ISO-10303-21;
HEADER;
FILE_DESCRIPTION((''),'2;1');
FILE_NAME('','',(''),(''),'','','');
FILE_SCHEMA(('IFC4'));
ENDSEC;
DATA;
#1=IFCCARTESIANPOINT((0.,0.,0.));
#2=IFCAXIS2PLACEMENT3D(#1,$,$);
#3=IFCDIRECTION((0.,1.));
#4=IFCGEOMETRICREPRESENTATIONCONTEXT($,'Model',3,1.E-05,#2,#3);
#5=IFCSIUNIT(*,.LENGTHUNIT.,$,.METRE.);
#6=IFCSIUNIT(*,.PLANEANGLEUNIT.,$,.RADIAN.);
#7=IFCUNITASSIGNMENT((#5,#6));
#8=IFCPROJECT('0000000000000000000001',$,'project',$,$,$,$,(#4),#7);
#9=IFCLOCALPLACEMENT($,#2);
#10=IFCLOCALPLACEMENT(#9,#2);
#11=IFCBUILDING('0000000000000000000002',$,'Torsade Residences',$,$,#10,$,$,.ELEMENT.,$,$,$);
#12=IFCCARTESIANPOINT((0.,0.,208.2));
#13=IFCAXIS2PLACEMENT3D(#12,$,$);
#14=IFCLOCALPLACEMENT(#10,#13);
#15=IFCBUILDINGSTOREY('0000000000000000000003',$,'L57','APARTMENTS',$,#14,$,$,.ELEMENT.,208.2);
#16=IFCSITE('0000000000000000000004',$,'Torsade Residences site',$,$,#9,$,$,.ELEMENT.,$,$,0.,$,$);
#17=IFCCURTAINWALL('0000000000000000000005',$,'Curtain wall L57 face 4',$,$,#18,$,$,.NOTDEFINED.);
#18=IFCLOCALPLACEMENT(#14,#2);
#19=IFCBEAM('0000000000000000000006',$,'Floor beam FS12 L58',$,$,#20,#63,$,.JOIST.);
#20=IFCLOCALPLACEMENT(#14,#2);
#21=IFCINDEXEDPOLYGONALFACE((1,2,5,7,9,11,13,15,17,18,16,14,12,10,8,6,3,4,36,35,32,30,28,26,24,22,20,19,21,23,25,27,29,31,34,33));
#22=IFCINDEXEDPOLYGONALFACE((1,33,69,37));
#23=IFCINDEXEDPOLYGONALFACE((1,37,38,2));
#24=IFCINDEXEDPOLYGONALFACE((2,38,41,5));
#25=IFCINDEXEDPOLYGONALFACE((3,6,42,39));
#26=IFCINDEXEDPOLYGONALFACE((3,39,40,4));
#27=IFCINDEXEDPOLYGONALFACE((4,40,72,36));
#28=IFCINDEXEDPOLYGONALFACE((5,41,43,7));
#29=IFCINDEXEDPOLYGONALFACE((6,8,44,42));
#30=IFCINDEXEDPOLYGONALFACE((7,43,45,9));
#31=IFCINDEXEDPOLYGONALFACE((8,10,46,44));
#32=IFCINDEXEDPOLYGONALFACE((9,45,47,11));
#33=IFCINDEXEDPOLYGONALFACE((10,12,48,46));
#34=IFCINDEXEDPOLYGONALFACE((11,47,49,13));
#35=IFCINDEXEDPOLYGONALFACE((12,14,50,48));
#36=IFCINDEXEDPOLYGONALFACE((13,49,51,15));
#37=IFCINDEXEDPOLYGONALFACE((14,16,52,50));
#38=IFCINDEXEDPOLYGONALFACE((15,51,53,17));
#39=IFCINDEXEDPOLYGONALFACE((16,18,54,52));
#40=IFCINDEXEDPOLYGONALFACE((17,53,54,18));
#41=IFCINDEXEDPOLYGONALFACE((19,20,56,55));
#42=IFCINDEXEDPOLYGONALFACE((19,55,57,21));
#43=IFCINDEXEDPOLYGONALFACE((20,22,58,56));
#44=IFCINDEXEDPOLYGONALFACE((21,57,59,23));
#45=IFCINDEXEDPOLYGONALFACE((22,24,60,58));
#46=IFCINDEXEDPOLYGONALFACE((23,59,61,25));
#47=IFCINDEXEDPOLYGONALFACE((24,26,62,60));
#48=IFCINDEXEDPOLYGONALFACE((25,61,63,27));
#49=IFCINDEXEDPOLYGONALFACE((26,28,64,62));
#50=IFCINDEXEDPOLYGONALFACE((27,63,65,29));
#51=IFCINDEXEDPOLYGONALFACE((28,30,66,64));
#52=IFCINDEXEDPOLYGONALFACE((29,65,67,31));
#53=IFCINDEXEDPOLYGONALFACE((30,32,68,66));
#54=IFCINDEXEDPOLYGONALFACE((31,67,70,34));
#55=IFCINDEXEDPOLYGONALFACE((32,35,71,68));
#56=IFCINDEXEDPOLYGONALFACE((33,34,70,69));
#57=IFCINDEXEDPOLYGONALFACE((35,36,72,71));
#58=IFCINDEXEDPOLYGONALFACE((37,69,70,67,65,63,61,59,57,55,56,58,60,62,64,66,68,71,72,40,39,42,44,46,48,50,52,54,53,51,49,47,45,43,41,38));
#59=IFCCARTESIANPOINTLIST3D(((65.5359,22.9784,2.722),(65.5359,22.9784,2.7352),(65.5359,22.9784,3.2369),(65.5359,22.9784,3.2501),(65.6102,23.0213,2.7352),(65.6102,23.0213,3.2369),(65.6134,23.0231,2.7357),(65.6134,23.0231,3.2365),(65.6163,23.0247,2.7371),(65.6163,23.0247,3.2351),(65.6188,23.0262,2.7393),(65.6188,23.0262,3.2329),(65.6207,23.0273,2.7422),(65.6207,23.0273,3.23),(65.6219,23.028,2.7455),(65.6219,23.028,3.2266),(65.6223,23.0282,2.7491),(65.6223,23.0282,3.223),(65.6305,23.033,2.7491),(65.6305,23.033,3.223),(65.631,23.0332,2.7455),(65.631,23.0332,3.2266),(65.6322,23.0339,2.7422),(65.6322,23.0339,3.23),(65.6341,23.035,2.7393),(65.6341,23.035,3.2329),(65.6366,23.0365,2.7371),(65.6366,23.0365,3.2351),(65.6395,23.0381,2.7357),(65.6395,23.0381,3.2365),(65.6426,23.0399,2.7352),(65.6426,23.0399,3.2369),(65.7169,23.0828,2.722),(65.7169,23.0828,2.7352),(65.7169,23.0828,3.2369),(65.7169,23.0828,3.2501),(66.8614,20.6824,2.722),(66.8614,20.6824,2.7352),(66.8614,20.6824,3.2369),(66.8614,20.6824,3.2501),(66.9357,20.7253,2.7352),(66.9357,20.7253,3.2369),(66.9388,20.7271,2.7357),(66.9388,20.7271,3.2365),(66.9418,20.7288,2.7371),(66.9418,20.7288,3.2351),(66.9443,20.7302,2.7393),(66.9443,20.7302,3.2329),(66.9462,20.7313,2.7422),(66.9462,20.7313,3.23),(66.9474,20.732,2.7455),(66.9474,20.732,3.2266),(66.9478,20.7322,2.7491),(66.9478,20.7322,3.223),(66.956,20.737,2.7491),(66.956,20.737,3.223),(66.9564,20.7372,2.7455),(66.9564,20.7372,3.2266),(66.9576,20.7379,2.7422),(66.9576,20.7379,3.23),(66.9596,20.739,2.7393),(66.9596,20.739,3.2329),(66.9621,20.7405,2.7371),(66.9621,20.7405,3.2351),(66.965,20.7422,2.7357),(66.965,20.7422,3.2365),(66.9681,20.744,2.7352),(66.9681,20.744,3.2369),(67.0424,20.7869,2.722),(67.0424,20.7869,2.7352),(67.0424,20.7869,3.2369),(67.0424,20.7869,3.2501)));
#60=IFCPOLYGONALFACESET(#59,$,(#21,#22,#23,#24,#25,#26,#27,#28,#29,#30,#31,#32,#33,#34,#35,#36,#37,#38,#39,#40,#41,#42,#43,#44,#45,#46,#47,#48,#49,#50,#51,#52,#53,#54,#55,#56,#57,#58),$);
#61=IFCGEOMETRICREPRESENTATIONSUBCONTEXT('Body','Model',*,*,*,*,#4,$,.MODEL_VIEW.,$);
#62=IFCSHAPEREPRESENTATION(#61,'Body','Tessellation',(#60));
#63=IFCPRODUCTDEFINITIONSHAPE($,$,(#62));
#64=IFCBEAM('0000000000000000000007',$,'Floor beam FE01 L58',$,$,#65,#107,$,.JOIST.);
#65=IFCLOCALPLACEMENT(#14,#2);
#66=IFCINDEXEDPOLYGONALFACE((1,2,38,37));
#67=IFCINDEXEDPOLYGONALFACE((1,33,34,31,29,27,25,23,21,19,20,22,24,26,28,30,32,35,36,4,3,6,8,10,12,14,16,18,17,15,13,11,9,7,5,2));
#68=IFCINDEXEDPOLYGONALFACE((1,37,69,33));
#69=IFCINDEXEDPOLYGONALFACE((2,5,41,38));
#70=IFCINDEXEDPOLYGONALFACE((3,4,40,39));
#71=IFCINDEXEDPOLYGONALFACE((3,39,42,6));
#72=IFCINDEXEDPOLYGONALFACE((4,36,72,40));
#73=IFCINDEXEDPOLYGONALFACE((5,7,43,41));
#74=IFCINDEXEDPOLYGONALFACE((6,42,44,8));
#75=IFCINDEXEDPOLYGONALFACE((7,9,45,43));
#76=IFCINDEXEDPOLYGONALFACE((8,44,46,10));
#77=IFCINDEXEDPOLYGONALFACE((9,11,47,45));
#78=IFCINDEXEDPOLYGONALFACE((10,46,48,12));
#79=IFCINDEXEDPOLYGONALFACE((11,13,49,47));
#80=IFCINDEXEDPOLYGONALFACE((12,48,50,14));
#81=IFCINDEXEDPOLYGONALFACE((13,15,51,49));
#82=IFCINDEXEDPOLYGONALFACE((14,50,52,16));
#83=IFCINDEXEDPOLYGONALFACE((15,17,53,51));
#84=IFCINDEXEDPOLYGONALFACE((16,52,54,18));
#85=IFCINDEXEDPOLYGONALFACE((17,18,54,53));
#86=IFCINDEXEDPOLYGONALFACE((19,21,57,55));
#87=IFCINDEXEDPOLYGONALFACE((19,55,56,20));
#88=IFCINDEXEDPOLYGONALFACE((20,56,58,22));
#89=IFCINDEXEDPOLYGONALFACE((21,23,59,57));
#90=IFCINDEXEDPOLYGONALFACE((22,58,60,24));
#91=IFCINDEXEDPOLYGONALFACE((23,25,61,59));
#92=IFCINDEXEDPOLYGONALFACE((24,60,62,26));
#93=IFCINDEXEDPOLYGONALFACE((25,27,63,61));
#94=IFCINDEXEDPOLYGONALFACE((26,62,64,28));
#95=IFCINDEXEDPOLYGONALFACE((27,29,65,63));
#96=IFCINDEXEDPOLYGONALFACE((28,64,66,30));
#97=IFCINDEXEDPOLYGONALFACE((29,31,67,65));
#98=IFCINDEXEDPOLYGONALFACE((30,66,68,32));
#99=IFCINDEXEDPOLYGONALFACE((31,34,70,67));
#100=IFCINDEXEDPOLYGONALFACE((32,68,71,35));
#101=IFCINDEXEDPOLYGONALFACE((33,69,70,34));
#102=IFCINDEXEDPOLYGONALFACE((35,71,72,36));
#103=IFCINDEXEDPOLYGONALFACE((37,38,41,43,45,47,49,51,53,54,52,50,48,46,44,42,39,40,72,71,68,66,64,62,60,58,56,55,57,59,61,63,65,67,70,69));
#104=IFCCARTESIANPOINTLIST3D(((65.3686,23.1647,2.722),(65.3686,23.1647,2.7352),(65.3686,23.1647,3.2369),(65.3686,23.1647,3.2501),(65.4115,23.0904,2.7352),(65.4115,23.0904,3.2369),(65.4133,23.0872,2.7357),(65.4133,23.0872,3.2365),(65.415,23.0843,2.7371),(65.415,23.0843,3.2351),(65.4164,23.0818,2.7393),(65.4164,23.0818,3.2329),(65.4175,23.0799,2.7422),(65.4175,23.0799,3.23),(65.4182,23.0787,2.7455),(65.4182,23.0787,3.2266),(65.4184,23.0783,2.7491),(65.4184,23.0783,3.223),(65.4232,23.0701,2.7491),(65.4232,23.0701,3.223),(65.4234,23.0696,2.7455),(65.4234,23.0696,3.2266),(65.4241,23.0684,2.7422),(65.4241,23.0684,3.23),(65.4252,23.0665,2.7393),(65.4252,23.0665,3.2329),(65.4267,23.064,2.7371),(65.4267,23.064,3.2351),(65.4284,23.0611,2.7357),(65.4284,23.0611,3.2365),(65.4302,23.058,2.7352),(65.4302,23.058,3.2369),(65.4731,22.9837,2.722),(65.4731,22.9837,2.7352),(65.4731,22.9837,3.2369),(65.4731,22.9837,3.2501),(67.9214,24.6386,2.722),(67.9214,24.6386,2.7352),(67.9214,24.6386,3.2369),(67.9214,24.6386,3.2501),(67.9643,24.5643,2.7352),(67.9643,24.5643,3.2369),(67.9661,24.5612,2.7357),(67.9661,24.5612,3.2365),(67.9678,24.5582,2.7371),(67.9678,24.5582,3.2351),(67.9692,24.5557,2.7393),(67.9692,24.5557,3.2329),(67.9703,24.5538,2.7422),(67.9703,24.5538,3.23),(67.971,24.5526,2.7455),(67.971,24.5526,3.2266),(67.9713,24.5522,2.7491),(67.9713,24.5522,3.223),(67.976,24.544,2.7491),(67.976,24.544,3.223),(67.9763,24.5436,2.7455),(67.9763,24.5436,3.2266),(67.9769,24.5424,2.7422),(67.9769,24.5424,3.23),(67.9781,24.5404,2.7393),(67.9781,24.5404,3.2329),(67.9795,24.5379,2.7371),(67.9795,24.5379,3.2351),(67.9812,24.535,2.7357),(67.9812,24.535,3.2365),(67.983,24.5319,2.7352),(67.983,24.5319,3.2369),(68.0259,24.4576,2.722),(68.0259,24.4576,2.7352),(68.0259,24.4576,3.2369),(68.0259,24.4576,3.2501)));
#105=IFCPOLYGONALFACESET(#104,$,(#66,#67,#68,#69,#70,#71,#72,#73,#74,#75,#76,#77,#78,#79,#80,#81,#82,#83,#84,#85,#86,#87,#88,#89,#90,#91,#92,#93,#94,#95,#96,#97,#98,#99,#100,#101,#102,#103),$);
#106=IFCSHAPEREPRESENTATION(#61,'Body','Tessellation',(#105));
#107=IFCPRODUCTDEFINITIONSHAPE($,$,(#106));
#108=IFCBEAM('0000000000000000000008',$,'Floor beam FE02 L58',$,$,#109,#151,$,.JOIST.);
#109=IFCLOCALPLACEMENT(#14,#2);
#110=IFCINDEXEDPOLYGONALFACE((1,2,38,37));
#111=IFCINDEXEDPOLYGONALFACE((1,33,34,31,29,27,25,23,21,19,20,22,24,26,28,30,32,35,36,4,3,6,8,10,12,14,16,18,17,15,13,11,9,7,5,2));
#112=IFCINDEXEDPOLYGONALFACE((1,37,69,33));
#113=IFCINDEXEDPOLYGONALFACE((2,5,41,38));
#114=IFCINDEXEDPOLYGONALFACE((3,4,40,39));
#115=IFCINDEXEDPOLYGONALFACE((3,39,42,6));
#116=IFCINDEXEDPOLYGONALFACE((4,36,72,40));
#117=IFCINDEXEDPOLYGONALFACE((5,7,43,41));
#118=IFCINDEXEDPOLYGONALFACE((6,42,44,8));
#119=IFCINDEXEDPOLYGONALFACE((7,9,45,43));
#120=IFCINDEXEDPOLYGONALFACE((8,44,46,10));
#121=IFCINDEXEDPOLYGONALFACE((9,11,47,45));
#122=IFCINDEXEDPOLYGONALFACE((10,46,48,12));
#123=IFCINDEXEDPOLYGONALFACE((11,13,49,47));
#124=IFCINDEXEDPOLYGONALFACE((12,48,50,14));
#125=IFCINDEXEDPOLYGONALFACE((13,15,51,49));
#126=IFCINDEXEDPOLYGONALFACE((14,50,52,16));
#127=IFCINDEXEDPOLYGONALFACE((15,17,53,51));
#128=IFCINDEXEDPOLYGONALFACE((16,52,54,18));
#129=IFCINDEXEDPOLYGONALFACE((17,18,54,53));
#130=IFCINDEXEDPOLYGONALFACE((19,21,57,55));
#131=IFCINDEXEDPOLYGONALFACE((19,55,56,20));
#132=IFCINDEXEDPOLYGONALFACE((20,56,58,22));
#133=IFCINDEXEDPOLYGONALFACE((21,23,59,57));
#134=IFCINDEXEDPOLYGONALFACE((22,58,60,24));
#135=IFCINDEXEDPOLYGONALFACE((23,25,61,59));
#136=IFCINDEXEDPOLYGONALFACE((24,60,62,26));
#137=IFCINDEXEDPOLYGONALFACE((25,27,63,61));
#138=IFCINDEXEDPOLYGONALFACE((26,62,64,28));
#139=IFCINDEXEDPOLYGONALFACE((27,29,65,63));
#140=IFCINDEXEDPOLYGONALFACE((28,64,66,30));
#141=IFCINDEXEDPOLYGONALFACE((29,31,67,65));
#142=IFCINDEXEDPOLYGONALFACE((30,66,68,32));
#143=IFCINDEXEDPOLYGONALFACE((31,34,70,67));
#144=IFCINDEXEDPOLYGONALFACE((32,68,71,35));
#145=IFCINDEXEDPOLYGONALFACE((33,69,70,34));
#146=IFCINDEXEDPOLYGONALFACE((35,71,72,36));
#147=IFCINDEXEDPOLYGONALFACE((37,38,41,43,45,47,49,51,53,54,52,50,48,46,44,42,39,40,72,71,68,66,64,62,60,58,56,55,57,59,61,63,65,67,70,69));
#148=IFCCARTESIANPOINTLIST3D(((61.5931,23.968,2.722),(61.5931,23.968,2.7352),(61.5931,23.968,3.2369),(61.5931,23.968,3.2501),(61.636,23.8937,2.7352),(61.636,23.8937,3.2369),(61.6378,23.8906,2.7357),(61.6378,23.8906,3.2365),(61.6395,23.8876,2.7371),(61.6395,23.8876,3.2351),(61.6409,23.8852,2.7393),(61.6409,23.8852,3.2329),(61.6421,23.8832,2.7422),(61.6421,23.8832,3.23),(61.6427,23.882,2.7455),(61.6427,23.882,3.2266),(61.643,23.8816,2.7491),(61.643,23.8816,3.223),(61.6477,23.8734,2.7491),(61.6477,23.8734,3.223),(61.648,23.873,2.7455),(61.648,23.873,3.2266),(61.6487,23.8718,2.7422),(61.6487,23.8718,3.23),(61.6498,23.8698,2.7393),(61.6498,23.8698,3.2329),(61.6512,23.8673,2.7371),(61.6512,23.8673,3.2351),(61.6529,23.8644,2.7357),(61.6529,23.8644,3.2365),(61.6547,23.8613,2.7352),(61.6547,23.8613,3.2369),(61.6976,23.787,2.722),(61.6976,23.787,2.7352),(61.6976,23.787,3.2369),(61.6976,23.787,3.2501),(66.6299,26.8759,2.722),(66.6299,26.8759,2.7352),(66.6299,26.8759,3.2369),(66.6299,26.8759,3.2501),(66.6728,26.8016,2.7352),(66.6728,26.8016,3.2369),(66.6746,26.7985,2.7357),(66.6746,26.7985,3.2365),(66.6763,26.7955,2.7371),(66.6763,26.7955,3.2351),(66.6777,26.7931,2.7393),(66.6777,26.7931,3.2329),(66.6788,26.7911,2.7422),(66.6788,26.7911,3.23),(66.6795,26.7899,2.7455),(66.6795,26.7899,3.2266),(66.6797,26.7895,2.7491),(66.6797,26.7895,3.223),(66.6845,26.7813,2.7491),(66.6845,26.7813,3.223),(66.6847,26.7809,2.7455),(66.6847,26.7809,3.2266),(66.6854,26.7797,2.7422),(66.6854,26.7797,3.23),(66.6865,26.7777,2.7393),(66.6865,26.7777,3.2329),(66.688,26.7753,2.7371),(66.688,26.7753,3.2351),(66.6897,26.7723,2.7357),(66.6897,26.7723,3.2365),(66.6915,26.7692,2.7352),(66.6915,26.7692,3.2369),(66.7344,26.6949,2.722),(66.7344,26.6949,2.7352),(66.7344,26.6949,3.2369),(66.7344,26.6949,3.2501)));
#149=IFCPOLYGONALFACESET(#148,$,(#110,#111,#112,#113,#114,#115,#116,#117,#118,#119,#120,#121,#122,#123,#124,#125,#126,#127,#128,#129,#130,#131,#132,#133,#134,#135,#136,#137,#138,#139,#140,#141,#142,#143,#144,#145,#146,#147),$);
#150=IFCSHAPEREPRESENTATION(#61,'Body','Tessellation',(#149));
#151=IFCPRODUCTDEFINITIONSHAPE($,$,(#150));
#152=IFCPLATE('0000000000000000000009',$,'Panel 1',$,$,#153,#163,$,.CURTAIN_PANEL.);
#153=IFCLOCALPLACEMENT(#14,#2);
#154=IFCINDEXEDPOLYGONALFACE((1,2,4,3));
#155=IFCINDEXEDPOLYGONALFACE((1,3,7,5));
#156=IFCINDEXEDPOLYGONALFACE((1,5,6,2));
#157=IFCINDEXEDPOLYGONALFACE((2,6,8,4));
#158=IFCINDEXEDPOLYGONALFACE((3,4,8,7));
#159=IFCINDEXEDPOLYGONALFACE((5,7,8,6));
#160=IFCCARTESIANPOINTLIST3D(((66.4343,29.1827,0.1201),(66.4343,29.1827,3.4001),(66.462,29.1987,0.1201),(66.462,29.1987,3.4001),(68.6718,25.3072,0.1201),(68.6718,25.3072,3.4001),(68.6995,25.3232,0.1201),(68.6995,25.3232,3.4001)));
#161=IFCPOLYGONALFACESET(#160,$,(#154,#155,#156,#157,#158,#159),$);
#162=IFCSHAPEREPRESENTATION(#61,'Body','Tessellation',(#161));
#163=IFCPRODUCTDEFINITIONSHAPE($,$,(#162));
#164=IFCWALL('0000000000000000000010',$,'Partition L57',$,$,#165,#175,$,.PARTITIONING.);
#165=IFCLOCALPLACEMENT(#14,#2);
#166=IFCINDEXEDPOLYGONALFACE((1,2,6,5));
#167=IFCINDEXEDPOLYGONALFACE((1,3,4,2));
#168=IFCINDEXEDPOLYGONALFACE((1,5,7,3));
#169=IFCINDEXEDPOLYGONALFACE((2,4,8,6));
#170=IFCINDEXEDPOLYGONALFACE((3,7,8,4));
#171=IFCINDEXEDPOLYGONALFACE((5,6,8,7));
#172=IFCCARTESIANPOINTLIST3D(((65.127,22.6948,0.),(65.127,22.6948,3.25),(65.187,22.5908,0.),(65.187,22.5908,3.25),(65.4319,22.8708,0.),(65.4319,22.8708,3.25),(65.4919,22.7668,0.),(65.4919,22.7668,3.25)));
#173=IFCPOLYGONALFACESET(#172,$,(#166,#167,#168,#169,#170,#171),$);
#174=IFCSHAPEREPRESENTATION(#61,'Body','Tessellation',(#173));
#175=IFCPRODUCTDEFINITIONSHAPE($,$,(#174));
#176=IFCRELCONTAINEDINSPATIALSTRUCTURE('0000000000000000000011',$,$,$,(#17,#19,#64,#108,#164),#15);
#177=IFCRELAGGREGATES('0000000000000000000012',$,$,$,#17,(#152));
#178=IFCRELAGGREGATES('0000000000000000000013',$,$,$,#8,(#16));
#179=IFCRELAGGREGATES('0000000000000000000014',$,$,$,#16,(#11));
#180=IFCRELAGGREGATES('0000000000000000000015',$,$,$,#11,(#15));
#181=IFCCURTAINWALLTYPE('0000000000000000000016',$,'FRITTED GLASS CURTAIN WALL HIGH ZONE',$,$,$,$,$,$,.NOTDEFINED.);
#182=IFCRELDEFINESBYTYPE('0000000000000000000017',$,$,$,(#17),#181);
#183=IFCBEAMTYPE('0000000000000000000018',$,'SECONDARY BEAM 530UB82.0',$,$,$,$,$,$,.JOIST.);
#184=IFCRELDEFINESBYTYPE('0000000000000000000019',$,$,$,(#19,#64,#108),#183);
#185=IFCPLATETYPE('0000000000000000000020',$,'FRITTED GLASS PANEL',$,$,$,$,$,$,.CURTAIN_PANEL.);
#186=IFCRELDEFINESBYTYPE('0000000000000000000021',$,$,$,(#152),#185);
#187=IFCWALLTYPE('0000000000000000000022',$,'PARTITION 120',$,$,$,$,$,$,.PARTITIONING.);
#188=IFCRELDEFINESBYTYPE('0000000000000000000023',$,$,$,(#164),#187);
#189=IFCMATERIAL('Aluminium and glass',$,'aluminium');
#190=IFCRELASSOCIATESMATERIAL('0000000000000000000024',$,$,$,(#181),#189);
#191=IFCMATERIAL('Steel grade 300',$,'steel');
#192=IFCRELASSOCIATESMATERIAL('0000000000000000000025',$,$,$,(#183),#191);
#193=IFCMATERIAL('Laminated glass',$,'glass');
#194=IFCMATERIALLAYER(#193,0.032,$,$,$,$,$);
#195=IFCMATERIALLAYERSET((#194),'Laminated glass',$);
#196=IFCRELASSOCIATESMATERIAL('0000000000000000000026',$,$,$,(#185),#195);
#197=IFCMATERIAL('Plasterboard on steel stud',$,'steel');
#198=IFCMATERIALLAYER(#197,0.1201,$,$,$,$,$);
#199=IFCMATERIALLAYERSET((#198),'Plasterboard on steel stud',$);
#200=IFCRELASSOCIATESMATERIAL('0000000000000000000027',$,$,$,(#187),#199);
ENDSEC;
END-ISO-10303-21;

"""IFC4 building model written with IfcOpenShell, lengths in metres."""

from ifc_helpers import new_model, si_unit, direction, frame, frame_2d, origin, origin_2d, place, context, subcontext, project, spatial, rectangle, i_section, extrude, material, layer, layer_set, material_profile, profile_set, type_object, element, aggregate, save


model = new_model("IFC4")

# Units and contexts
model_context = context("Model", 3, precision=1e-05, world=origin(), true_north=direction((0.0, 1.0)))
body_context = subcontext(model_context, "Body", "Model", "MODEL_VIEW")
ifc_project = project(units=[si_unit("LENGTHUNIT", "METRE"), si_unit("PLANEANGLEUNIT", "RADIAN")], contexts=[model_context])

# Site, building, storey
site_placement = place(None, origin())
site = spatial("IfcSite", under=ifc_project, at=site_placement, Name="Torsade Residences site", CompositionType="ELEMENT", RefElevation=0.0)
building_placement = place(site_placement, origin())
building = spatial("IfcBuilding", under=site, at=building_placement, Name="Torsade Residences", CompositionType="ELEMENT")
storey_placement = place(building_placement, frame((0.0, 0.0, 208.2)))
storey = spatial("IfcBuildingStorey", under=building, at=storey_placement, Name="L57", Description="APARTMENTS", CompositionType="ELEMENT", Elevation=208.2)

# Curtain wall
ifc_material_1 = material(Name="Aluminium and glass", Category="aluminium")
curtain_wall_type = type_object("IfcCurtainWallType", Name="FRITTED GLASS CURTAIN WALL HIGH ZONE", PredefinedType="NOTDEFINED", material=ifc_material_1)
curtain_wall_placement = place(storey_placement, origin())
curtain_wall = element("IfcCurtainWall", 1, at=curtain_wall_placement, inside=storey, type_object=curtain_wall_type, Name="Curtain wall L57 face 4", PredefinedType="NOTDEFINED")

# Beams
ifc_material_2 = material(Name="Steel grade 300", Category="steel")
ifc_material_profile_1 = material_profile(ifc_material_2, i_section(OverallWidth=0.209, OverallDepth=0.5281, WebThickness=0.0095, FlangeThickness=0.0132, FilletRadius=0.0139, at=origin_2d()), Name="530UB82.0")
ifc_profile_set_1 = profile_set([ifc_material_profile_1], Name="Steel grade 300")
beam_type_1 = type_object("IfcBeamType", Name="SECONDARY BEAM 530UB82.0", PredefinedType="JOIST", material=ifc_profile_set_1)
beam_1_placement = place(storey_placement, frame((66.9519, 20.7346, 2.9861), z_axis=(-0.499972, 0.866041, 0.0), x_axis=(-0.866041, -0.499972, 0.0)))
element("IfcBeam", 2, at=beam_1_placement, inside=storey, type_object=beam_type_1, Name="Floor beam FS12 L58", PredefinedType="JOIST", context=body_context, shape_type="SweptSolid", body=[
    extrude(i_section(OverallWidth=0.209, OverallDepth=0.5281, WebThickness=0.0095, FlangeThickness=0.0132, FilletRadius=0.0139, at=origin_2d()), origin(), (0.0, 0.0, 1.0), 2.6511),
])
beam_2_placement = place(storey_placement, frame((67.9736, 24.5481, 2.9861), z_axis=(-0.866017, -0.500014, 0.0), x_axis=(0.500014, -0.866017, 0.0)))
element("IfcBeam", 3, at=beam_2_placement, inside=storey, type_object=beam_type_1, Name="Floor beam FE01 L58", PredefinedType="JOIST", context=body_context, shape_type="SweptSolid", body=[
    extrude(i_section(OverallWidth=0.209, OverallDepth=0.5281, WebThickness=0.0095, FlangeThickness=0.0132, FilletRadius=0.0139, at=origin_2d()), origin(), (0.0, 0.0, 1.0), 2.9478),
])
beam_3_placement = place(storey_placement, frame((66.6821, 26.7854, 2.9861), z_axis=(-0.866031, -0.49999, 0.0), x_axis=(0.49999, -0.866031, 0.0)))
element("IfcBeam", 4, at=beam_3_placement, inside=storey, type_object=beam_type_1, Name="Floor beam FE02 L58", PredefinedType="JOIST", context=body_context, shape_type="SweptSolid", body=[
    extrude(i_section(OverallWidth=0.209, OverallDepth=0.5281, WebThickness=0.0095, FlangeThickness=0.0132, FilletRadius=0.0139, at=origin_2d()), origin(), (0.0, 0.0, 1.0), 5.8159),
])

# Plate
ifc_material_3 = material(Name="Laminated glass", Category="glass")
ifc_layer_1 = layer(ifc_material_3, 0.032)
ifc_layer_set_1 = layer_set([ifc_layer_1], Name="Laminated glass")
plate_type = type_object("IfcPlateType", Name="FRITTED GLASS PANEL", PredefinedType="CURTAIN_PANEL", material=ifc_layer_set_1)
plate_placement = place(storey_placement, frame((67.5669, 27.2529, 0.1201), z_axis=(0.0, 0.0, 1.0), x_axis=(-0.5, 0.866025, 0.0)))
plate = element("IfcPlate", 5, at=plate_placement, type_object=plate_type, Name="Panel 1", PredefinedType="CURTAIN_PANEL", context=body_context, shape_type="SweptSolid", body=[
    extrude(rectangle(XDim=4.4751, YDim=0.032, at=origin_2d()), origin(), (0.0, 0.0, 1.0), 3.28),
])
aggregate(curtain_wall, [plate])

# Wall
ifc_material_4 = material(Name="Plasterboard on steel stud", Category="steel")
ifc_layer_2 = layer(ifc_material_4, 0.1201)
ifc_layer_set_2 = layer_set([ifc_layer_2], Name="Plasterboard on steel stud")
wall_type_1 = type_object("IfcWallType", Name="PARTITION 120", PredefinedType="PARTITIONING", material=ifc_layer_set_2)
wall_1_placement = place(storey_placement, frame((65.157, 22.6428, 0.0), z_axis=(0.0, 0.0, 1.0), x_axis=(0.866059, 0.499943, 0.0)))
element("IfcWall", 6, at=wall_1_placement, inside=storey, type_object=wall_type_1, Name="Partition L57", PredefinedType="PARTITIONING", context=body_context, shape_type="SweptSolid", body=[
    extrude(rectangle(XDim=0.3521, YDim=0.1201, at=frame_2d((0.176, 0.0))), origin(), (0.0, 0.0, 1.0), 3.25),
])

save(model, "model.ifc")
